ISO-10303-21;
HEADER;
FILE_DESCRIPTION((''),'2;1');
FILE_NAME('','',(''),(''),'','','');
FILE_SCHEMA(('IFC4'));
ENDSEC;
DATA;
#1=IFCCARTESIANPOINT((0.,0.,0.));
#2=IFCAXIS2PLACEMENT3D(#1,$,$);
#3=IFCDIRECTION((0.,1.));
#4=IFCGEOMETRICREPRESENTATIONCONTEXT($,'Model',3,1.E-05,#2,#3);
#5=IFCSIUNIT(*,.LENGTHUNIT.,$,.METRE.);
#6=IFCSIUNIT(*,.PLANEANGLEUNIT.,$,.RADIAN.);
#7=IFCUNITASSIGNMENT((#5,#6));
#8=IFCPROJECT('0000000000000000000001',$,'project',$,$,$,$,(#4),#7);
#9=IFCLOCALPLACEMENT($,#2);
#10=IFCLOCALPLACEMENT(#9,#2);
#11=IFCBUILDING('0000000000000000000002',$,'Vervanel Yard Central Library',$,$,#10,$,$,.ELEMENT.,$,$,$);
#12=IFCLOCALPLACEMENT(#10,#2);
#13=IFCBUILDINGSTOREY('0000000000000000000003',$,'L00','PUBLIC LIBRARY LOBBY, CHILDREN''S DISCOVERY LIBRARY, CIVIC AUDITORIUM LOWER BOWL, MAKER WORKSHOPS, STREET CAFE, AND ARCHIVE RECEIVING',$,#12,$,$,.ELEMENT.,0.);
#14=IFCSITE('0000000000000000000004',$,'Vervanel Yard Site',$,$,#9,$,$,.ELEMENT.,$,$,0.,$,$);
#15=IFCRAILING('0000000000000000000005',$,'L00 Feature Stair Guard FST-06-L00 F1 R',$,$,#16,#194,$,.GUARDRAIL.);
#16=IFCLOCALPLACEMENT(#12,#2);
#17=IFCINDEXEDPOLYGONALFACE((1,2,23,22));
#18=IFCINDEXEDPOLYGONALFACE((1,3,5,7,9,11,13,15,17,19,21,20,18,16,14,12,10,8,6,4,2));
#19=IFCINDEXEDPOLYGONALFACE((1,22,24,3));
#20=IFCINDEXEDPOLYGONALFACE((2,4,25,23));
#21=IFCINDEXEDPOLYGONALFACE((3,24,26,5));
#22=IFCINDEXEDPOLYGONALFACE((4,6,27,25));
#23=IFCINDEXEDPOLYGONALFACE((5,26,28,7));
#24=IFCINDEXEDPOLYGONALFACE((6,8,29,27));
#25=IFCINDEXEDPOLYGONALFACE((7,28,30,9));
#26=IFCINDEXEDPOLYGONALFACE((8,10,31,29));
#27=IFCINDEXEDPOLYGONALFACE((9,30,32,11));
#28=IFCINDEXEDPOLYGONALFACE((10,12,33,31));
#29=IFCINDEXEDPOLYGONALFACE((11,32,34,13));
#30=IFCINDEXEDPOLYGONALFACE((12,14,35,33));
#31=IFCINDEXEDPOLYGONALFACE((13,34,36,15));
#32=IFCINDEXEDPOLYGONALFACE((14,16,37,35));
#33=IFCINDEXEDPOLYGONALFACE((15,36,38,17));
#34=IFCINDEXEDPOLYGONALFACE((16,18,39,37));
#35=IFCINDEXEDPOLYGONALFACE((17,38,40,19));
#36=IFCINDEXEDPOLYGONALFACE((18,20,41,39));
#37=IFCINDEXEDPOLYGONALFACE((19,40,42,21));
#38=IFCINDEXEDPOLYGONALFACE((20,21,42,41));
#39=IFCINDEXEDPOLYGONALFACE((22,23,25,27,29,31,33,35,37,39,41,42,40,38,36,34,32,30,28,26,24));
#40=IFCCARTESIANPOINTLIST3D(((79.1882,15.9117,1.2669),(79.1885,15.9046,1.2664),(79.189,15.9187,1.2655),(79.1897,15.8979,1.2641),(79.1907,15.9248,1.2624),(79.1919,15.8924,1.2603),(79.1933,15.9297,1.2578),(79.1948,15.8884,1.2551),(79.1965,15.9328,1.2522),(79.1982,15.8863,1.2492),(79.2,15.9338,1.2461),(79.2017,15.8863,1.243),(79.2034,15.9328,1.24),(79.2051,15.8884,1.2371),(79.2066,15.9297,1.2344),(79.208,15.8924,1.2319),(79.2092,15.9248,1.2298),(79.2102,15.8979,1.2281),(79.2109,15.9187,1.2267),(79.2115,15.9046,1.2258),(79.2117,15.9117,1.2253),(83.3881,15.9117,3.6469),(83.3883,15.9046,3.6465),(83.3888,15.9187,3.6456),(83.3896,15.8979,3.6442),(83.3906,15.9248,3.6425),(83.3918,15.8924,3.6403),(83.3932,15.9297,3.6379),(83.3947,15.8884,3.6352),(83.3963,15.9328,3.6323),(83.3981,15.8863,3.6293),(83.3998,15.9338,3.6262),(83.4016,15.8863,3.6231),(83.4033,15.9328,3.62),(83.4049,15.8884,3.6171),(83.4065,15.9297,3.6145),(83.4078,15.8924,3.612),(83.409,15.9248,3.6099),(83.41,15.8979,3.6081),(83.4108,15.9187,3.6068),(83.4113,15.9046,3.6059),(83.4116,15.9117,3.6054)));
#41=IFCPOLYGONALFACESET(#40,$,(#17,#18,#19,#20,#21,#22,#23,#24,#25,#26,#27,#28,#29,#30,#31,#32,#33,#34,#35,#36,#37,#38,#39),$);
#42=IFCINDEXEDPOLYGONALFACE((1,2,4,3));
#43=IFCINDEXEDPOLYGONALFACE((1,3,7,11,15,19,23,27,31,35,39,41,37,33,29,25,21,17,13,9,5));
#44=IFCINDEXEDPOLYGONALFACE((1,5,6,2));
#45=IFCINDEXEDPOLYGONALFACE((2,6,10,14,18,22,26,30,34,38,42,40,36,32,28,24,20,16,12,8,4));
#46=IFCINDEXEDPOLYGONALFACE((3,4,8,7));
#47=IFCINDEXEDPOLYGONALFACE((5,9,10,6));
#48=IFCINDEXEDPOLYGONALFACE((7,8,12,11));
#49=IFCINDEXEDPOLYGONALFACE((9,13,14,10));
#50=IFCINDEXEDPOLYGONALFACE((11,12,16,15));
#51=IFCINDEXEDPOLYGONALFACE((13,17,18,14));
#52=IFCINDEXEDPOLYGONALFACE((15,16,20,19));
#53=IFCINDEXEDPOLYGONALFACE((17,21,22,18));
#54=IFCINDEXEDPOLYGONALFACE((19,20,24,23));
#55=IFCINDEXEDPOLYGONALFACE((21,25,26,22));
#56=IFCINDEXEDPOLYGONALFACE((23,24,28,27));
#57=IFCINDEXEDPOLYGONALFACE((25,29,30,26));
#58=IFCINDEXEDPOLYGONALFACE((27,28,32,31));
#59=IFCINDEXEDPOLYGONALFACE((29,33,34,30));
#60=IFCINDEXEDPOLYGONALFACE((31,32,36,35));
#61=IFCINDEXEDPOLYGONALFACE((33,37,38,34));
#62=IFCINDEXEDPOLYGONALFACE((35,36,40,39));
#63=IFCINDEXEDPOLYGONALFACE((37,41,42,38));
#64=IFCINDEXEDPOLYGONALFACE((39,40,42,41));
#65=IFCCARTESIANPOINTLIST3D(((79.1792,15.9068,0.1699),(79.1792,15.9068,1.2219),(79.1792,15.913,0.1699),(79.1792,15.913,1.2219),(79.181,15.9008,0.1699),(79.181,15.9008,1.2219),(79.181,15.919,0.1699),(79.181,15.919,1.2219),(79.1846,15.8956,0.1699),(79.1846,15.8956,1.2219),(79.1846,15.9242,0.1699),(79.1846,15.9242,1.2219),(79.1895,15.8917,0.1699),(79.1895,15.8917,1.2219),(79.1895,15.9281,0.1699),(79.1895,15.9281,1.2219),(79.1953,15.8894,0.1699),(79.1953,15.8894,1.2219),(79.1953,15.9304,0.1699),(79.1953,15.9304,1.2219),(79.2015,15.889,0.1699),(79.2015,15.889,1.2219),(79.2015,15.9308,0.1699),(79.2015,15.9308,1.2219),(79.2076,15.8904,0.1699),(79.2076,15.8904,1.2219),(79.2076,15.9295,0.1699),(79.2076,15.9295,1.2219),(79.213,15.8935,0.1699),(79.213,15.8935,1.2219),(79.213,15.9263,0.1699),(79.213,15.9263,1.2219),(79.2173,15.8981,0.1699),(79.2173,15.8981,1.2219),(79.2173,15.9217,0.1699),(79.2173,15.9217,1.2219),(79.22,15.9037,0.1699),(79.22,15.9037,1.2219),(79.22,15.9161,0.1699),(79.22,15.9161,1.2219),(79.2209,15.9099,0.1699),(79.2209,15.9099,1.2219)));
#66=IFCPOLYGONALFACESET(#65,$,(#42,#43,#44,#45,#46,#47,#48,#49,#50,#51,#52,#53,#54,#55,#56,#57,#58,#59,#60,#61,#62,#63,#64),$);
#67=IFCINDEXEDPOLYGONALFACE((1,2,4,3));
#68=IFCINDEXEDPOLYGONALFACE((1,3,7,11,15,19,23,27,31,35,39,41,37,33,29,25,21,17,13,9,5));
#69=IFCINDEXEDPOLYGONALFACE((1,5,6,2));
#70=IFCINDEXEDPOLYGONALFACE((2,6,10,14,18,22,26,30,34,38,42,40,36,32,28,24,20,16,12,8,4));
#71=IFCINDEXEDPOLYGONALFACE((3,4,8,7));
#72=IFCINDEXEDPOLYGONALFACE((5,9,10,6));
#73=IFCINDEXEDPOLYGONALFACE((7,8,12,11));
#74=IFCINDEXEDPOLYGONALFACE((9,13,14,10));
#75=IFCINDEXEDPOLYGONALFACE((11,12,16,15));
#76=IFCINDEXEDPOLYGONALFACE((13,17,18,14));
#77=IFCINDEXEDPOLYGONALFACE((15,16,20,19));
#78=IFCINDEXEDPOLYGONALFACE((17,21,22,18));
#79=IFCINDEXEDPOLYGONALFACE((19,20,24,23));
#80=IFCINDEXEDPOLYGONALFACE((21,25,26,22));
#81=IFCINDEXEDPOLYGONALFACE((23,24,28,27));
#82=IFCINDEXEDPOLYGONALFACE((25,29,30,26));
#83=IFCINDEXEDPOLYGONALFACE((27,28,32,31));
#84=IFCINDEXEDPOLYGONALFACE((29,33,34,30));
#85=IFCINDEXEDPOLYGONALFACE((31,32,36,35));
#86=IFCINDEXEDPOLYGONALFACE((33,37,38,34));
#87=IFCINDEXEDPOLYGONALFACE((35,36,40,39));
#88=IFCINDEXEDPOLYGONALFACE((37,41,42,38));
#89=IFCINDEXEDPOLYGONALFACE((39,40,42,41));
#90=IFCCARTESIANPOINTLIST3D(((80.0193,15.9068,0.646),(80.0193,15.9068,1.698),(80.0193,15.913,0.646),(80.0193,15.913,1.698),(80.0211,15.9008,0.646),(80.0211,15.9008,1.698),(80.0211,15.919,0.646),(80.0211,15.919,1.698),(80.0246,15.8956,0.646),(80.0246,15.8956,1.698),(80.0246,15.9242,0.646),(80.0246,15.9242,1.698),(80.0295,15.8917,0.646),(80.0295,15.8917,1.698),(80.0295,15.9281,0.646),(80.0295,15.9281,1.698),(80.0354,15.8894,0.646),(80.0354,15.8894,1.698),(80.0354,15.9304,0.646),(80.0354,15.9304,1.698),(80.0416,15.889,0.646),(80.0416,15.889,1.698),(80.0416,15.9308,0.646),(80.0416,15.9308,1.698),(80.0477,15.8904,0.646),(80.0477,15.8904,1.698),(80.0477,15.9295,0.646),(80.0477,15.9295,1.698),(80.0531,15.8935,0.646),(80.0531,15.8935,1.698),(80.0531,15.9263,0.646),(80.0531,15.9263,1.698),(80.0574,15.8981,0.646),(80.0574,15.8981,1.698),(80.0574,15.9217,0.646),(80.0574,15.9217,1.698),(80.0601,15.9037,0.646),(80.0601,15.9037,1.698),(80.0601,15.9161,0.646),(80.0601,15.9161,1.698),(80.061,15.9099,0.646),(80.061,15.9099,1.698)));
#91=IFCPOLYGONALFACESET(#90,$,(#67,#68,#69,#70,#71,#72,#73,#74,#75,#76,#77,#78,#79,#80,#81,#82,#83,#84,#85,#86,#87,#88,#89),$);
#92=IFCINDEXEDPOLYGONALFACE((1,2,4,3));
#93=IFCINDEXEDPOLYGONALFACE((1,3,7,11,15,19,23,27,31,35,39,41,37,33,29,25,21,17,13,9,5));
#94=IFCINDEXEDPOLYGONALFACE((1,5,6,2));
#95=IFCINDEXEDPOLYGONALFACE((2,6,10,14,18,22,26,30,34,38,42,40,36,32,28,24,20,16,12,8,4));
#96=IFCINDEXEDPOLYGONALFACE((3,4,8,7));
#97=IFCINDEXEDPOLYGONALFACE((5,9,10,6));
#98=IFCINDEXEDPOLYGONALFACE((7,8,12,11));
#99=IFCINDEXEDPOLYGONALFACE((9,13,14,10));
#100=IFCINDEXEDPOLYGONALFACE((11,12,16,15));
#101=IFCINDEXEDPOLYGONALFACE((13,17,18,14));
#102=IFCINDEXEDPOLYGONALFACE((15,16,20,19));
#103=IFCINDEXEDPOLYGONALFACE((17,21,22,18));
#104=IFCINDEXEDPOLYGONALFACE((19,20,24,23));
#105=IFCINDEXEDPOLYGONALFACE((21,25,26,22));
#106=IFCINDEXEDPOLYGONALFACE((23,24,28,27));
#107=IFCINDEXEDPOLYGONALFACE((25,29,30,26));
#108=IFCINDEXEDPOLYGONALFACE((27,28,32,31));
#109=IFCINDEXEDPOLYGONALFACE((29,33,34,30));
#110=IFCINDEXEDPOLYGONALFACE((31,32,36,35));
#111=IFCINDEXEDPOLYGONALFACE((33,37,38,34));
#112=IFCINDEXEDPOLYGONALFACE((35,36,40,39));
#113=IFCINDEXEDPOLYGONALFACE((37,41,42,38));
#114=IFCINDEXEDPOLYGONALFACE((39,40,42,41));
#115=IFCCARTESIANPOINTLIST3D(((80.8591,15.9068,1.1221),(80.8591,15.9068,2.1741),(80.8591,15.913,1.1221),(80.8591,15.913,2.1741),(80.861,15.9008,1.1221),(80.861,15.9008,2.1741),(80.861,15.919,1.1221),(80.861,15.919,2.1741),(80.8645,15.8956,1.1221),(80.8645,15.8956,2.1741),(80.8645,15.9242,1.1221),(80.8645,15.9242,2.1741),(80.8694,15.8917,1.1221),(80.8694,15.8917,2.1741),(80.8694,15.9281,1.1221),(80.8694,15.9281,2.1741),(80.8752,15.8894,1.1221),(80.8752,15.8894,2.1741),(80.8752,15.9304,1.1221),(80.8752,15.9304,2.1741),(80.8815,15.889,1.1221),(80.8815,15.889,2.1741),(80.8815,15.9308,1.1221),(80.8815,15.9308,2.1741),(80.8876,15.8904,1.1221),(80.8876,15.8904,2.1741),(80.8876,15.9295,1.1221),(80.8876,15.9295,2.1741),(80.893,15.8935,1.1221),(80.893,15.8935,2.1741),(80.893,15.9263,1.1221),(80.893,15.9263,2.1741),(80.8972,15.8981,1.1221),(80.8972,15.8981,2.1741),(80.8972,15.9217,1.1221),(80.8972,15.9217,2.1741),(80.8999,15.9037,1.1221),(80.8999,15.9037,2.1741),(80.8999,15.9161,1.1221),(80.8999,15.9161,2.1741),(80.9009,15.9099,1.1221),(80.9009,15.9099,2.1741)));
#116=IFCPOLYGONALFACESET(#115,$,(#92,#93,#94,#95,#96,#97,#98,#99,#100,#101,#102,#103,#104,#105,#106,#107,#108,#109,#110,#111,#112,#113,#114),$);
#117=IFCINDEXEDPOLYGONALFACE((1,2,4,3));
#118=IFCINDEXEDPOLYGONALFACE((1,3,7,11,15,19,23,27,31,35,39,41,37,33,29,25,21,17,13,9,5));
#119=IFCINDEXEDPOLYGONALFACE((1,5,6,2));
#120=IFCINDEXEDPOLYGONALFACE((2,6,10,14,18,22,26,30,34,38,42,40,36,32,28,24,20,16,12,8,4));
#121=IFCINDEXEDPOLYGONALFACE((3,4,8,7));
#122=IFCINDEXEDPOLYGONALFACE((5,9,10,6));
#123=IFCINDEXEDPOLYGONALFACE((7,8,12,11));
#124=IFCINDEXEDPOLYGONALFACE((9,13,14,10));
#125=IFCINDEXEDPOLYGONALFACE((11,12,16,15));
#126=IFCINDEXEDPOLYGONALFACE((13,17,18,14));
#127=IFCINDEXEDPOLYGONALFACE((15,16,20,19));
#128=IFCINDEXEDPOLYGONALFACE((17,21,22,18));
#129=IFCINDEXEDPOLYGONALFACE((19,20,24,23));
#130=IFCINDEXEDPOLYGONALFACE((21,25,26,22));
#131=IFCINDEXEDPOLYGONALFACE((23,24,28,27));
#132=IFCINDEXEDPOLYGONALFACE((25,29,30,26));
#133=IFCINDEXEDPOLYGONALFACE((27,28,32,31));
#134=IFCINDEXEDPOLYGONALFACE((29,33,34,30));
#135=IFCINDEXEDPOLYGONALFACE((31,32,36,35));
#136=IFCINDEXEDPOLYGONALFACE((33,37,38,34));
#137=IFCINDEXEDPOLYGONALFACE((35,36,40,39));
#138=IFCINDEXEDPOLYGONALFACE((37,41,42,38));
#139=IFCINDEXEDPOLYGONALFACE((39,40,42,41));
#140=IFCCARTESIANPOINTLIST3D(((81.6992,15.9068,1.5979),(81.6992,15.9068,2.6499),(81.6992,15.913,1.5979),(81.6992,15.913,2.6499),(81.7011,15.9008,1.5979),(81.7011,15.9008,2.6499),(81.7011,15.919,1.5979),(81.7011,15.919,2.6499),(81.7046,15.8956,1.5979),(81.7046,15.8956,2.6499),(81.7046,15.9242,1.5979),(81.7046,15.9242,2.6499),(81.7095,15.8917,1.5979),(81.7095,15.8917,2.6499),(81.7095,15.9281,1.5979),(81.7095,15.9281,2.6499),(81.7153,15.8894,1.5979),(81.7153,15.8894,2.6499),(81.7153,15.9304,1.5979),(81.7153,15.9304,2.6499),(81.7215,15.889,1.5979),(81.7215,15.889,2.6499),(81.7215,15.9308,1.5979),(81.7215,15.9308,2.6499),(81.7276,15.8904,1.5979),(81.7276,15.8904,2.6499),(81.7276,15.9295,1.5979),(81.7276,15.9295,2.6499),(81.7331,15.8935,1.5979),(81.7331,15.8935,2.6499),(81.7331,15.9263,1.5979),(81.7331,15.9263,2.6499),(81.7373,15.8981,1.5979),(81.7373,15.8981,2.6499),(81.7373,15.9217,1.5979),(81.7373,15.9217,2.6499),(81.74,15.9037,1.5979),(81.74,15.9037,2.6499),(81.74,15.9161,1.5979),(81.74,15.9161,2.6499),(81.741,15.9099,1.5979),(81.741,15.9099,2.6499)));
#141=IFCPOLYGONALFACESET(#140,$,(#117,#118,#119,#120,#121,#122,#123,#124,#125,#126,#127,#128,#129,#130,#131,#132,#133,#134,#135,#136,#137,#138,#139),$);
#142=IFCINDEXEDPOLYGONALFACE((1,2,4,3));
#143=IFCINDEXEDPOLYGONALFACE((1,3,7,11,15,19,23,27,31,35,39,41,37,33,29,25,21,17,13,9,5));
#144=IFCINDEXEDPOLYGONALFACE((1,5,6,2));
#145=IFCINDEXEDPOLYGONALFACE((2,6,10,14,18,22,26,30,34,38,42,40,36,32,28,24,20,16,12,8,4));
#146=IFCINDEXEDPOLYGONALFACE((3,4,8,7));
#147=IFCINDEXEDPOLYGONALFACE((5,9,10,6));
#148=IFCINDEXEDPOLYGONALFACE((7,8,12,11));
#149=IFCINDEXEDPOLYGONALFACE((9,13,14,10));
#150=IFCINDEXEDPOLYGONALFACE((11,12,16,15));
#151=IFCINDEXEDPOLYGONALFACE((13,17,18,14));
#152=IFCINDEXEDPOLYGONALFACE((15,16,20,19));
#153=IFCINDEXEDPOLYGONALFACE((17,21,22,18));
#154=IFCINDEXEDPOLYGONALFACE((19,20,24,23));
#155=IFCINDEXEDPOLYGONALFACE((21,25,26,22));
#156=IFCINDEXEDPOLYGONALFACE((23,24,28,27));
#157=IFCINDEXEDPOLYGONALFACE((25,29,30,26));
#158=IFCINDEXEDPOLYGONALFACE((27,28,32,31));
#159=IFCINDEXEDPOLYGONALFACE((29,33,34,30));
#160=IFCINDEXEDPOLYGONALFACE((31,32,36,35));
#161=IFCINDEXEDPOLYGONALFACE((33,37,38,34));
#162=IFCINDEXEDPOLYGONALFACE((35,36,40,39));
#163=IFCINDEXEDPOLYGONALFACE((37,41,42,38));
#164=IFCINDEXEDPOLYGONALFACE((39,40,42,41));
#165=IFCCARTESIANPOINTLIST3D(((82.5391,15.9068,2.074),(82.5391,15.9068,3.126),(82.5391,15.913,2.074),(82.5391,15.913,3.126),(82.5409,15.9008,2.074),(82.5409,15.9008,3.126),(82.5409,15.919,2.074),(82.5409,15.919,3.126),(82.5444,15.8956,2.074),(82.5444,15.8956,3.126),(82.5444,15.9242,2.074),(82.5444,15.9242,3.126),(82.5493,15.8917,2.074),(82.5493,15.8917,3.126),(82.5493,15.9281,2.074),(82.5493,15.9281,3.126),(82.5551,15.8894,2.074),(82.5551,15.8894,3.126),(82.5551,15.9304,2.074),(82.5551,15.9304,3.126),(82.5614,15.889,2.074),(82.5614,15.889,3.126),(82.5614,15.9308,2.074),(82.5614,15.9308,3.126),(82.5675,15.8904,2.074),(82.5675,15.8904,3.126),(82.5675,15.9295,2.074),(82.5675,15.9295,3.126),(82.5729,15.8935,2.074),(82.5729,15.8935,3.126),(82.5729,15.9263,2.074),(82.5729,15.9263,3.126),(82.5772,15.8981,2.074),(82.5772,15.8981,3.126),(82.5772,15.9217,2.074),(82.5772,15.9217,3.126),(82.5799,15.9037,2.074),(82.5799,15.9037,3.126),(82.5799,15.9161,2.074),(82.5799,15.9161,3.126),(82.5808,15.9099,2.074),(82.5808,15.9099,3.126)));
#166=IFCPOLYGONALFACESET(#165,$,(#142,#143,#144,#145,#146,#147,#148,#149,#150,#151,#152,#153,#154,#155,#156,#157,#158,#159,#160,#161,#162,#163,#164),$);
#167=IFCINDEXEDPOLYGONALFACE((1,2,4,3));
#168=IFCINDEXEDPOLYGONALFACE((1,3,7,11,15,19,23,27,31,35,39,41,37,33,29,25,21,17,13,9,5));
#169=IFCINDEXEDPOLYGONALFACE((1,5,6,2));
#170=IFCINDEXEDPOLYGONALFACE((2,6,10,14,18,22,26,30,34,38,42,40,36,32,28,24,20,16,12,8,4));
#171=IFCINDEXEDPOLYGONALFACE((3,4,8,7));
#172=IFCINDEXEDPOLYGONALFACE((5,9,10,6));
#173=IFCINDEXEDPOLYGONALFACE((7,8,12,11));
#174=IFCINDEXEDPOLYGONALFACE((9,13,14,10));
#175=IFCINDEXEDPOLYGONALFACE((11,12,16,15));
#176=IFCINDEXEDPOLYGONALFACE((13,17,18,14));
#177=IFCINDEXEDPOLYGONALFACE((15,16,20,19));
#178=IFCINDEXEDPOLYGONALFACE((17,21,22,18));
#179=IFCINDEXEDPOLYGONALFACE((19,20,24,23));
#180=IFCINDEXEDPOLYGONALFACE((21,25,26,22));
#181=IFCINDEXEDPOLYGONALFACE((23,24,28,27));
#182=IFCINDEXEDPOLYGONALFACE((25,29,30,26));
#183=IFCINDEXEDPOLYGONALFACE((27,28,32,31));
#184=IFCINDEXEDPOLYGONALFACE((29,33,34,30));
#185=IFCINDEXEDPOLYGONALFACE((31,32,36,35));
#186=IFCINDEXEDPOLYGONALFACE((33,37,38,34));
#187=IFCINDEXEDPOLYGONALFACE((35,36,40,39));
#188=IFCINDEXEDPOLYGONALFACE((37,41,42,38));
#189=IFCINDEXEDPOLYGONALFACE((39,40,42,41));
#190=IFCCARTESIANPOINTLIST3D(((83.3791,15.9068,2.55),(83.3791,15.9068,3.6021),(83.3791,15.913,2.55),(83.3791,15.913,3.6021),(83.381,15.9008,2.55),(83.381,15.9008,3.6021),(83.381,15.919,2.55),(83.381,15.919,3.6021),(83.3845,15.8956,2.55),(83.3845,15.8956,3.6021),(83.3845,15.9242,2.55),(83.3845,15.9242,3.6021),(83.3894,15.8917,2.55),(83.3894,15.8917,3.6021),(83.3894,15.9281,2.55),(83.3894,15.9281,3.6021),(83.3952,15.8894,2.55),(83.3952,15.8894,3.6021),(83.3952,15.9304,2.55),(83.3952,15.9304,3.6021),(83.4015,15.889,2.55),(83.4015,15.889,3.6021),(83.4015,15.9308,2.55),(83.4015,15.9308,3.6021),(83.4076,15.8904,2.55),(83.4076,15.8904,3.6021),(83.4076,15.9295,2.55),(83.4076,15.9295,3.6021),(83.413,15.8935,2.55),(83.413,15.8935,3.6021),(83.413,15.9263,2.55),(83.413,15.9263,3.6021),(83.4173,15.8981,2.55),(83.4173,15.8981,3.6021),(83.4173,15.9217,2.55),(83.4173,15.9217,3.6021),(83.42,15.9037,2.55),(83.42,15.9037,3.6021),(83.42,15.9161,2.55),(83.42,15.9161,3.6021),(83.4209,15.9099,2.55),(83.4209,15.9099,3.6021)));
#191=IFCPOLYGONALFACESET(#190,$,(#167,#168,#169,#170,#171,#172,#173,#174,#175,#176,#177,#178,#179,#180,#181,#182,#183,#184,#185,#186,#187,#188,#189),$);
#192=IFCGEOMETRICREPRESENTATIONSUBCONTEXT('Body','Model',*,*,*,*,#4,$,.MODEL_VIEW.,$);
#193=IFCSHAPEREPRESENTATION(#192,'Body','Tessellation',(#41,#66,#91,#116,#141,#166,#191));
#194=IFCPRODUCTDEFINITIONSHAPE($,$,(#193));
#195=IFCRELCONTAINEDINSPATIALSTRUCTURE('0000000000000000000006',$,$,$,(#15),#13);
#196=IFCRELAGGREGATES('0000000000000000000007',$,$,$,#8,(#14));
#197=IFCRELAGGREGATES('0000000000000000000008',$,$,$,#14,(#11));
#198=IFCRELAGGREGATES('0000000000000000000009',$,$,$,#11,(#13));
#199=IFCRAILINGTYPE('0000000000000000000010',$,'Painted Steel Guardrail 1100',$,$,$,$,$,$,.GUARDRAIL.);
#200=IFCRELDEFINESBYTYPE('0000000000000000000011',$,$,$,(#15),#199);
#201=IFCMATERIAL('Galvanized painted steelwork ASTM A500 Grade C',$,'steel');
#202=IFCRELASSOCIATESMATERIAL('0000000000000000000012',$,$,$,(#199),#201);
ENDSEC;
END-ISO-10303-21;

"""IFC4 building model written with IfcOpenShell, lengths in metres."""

from ifc_helpers import new_model, si_unit, direction, frame, origin, origin_2d, place, context, subcontext, project, spatial, circle, extrude, material, type_object, element, save


model = new_model("IFC4")

# Units and contexts
model_context = context("Model", 3, precision=1e-05, world=origin(), true_north=direction((0.0, 1.0)))
body_context = subcontext(model_context, "Body", "Model", "MODEL_VIEW")
ifc_project = project(units=[si_unit("LENGTHUNIT", "METRE"), si_unit("PLANEANGLEUNIT", "RADIAN")], contexts=[model_context])

# Site, building, storey
site_placement = place(None, origin())
site = spatial("IfcSite", under=ifc_project, at=site_placement, Name="Vervanel Yard Site", CompositionType="ELEMENT", RefElevation=0.0)
building_placement = place(site_placement, origin())
building = spatial("IfcBuilding", under=site, at=building_placement, Name="Vervanel Yard Central Library", CompositionType="ELEMENT")
storey_placement = place(building_placement, origin())
storey = spatial("IfcBuildingStorey", under=building, at=storey_placement, Name="L00", Description="PUBLIC LIBRARY LOBBY, CHILDREN'S DISCOVERY LIBRARY, CIVIC AUDITORIUM LOWER BOWL, MAKER WORKSHOPS, STREET CAFE, AND ARCHIVE RECEIVING", CompositionType="ELEMENT", Elevation=0.0)

# Railing
ifc_material_1 = material(Name="Galvanized painted steelwork ASTM A500 Grade C", Category="steel")
railing_type = type_object("IfcRailingType", Name="Painted Steel Guardrail 1100", PredefinedType="GUARDRAIL", material=ifc_material_1)
railing_1_placement = place(storey_placement, frame((79.2, 15.9099, 0.1699)))
element("IfcRailing", 1, at=railing_1_placement, inside=storey, type_object=railing_type, Name="L00 Feature Stair Guard FST-06-L00 F1 R", PredefinedType="GUARDRAIL", context=body_context, shape_type="SweptSolid", body=[
    extrude(circle(Radius=0.0239, at=origin_2d()), frame((0.0, 0.0, 1.0762), z_axis=(0.870008, 0.0, 0.493037), x_axis=(0.0, 1.0, 0.0)), (0.0, 0.0, 1.0), 4.8274),
    extrude(circle(Radius=0.021, at=origin_2d()), origin(), (0.0, 0.0, 1.0), 1.052),
    extrude(circle(Radius=0.021, at=origin_2d()), frame((0.8401, 0.0, 0.4761)), (0.0, 0.0, 1.0), 1.052),
    extrude(circle(Radius=0.021, at=origin_2d()), frame((1.6799, 0.0, 0.9521)), (0.0, 0.0, 1.0), 1.052),
    extrude(circle(Radius=0.021, at=origin_2d()), frame((2.52, 0.0, 1.428)), (0.0, 0.0, 1.0), 1.052),
    extrude(circle(Radius=0.021, at=origin_2d()), frame((3.3599, 0.0, 1.9041)), (0.0, 0.0, 1.0), 1.052),
    extrude(circle(Radius=0.021, at=origin_2d()), frame((4.2, 0.0, 2.3801)), (0.0, 0.0, 1.0), 1.052),
])

save(model, "model.ifc")
